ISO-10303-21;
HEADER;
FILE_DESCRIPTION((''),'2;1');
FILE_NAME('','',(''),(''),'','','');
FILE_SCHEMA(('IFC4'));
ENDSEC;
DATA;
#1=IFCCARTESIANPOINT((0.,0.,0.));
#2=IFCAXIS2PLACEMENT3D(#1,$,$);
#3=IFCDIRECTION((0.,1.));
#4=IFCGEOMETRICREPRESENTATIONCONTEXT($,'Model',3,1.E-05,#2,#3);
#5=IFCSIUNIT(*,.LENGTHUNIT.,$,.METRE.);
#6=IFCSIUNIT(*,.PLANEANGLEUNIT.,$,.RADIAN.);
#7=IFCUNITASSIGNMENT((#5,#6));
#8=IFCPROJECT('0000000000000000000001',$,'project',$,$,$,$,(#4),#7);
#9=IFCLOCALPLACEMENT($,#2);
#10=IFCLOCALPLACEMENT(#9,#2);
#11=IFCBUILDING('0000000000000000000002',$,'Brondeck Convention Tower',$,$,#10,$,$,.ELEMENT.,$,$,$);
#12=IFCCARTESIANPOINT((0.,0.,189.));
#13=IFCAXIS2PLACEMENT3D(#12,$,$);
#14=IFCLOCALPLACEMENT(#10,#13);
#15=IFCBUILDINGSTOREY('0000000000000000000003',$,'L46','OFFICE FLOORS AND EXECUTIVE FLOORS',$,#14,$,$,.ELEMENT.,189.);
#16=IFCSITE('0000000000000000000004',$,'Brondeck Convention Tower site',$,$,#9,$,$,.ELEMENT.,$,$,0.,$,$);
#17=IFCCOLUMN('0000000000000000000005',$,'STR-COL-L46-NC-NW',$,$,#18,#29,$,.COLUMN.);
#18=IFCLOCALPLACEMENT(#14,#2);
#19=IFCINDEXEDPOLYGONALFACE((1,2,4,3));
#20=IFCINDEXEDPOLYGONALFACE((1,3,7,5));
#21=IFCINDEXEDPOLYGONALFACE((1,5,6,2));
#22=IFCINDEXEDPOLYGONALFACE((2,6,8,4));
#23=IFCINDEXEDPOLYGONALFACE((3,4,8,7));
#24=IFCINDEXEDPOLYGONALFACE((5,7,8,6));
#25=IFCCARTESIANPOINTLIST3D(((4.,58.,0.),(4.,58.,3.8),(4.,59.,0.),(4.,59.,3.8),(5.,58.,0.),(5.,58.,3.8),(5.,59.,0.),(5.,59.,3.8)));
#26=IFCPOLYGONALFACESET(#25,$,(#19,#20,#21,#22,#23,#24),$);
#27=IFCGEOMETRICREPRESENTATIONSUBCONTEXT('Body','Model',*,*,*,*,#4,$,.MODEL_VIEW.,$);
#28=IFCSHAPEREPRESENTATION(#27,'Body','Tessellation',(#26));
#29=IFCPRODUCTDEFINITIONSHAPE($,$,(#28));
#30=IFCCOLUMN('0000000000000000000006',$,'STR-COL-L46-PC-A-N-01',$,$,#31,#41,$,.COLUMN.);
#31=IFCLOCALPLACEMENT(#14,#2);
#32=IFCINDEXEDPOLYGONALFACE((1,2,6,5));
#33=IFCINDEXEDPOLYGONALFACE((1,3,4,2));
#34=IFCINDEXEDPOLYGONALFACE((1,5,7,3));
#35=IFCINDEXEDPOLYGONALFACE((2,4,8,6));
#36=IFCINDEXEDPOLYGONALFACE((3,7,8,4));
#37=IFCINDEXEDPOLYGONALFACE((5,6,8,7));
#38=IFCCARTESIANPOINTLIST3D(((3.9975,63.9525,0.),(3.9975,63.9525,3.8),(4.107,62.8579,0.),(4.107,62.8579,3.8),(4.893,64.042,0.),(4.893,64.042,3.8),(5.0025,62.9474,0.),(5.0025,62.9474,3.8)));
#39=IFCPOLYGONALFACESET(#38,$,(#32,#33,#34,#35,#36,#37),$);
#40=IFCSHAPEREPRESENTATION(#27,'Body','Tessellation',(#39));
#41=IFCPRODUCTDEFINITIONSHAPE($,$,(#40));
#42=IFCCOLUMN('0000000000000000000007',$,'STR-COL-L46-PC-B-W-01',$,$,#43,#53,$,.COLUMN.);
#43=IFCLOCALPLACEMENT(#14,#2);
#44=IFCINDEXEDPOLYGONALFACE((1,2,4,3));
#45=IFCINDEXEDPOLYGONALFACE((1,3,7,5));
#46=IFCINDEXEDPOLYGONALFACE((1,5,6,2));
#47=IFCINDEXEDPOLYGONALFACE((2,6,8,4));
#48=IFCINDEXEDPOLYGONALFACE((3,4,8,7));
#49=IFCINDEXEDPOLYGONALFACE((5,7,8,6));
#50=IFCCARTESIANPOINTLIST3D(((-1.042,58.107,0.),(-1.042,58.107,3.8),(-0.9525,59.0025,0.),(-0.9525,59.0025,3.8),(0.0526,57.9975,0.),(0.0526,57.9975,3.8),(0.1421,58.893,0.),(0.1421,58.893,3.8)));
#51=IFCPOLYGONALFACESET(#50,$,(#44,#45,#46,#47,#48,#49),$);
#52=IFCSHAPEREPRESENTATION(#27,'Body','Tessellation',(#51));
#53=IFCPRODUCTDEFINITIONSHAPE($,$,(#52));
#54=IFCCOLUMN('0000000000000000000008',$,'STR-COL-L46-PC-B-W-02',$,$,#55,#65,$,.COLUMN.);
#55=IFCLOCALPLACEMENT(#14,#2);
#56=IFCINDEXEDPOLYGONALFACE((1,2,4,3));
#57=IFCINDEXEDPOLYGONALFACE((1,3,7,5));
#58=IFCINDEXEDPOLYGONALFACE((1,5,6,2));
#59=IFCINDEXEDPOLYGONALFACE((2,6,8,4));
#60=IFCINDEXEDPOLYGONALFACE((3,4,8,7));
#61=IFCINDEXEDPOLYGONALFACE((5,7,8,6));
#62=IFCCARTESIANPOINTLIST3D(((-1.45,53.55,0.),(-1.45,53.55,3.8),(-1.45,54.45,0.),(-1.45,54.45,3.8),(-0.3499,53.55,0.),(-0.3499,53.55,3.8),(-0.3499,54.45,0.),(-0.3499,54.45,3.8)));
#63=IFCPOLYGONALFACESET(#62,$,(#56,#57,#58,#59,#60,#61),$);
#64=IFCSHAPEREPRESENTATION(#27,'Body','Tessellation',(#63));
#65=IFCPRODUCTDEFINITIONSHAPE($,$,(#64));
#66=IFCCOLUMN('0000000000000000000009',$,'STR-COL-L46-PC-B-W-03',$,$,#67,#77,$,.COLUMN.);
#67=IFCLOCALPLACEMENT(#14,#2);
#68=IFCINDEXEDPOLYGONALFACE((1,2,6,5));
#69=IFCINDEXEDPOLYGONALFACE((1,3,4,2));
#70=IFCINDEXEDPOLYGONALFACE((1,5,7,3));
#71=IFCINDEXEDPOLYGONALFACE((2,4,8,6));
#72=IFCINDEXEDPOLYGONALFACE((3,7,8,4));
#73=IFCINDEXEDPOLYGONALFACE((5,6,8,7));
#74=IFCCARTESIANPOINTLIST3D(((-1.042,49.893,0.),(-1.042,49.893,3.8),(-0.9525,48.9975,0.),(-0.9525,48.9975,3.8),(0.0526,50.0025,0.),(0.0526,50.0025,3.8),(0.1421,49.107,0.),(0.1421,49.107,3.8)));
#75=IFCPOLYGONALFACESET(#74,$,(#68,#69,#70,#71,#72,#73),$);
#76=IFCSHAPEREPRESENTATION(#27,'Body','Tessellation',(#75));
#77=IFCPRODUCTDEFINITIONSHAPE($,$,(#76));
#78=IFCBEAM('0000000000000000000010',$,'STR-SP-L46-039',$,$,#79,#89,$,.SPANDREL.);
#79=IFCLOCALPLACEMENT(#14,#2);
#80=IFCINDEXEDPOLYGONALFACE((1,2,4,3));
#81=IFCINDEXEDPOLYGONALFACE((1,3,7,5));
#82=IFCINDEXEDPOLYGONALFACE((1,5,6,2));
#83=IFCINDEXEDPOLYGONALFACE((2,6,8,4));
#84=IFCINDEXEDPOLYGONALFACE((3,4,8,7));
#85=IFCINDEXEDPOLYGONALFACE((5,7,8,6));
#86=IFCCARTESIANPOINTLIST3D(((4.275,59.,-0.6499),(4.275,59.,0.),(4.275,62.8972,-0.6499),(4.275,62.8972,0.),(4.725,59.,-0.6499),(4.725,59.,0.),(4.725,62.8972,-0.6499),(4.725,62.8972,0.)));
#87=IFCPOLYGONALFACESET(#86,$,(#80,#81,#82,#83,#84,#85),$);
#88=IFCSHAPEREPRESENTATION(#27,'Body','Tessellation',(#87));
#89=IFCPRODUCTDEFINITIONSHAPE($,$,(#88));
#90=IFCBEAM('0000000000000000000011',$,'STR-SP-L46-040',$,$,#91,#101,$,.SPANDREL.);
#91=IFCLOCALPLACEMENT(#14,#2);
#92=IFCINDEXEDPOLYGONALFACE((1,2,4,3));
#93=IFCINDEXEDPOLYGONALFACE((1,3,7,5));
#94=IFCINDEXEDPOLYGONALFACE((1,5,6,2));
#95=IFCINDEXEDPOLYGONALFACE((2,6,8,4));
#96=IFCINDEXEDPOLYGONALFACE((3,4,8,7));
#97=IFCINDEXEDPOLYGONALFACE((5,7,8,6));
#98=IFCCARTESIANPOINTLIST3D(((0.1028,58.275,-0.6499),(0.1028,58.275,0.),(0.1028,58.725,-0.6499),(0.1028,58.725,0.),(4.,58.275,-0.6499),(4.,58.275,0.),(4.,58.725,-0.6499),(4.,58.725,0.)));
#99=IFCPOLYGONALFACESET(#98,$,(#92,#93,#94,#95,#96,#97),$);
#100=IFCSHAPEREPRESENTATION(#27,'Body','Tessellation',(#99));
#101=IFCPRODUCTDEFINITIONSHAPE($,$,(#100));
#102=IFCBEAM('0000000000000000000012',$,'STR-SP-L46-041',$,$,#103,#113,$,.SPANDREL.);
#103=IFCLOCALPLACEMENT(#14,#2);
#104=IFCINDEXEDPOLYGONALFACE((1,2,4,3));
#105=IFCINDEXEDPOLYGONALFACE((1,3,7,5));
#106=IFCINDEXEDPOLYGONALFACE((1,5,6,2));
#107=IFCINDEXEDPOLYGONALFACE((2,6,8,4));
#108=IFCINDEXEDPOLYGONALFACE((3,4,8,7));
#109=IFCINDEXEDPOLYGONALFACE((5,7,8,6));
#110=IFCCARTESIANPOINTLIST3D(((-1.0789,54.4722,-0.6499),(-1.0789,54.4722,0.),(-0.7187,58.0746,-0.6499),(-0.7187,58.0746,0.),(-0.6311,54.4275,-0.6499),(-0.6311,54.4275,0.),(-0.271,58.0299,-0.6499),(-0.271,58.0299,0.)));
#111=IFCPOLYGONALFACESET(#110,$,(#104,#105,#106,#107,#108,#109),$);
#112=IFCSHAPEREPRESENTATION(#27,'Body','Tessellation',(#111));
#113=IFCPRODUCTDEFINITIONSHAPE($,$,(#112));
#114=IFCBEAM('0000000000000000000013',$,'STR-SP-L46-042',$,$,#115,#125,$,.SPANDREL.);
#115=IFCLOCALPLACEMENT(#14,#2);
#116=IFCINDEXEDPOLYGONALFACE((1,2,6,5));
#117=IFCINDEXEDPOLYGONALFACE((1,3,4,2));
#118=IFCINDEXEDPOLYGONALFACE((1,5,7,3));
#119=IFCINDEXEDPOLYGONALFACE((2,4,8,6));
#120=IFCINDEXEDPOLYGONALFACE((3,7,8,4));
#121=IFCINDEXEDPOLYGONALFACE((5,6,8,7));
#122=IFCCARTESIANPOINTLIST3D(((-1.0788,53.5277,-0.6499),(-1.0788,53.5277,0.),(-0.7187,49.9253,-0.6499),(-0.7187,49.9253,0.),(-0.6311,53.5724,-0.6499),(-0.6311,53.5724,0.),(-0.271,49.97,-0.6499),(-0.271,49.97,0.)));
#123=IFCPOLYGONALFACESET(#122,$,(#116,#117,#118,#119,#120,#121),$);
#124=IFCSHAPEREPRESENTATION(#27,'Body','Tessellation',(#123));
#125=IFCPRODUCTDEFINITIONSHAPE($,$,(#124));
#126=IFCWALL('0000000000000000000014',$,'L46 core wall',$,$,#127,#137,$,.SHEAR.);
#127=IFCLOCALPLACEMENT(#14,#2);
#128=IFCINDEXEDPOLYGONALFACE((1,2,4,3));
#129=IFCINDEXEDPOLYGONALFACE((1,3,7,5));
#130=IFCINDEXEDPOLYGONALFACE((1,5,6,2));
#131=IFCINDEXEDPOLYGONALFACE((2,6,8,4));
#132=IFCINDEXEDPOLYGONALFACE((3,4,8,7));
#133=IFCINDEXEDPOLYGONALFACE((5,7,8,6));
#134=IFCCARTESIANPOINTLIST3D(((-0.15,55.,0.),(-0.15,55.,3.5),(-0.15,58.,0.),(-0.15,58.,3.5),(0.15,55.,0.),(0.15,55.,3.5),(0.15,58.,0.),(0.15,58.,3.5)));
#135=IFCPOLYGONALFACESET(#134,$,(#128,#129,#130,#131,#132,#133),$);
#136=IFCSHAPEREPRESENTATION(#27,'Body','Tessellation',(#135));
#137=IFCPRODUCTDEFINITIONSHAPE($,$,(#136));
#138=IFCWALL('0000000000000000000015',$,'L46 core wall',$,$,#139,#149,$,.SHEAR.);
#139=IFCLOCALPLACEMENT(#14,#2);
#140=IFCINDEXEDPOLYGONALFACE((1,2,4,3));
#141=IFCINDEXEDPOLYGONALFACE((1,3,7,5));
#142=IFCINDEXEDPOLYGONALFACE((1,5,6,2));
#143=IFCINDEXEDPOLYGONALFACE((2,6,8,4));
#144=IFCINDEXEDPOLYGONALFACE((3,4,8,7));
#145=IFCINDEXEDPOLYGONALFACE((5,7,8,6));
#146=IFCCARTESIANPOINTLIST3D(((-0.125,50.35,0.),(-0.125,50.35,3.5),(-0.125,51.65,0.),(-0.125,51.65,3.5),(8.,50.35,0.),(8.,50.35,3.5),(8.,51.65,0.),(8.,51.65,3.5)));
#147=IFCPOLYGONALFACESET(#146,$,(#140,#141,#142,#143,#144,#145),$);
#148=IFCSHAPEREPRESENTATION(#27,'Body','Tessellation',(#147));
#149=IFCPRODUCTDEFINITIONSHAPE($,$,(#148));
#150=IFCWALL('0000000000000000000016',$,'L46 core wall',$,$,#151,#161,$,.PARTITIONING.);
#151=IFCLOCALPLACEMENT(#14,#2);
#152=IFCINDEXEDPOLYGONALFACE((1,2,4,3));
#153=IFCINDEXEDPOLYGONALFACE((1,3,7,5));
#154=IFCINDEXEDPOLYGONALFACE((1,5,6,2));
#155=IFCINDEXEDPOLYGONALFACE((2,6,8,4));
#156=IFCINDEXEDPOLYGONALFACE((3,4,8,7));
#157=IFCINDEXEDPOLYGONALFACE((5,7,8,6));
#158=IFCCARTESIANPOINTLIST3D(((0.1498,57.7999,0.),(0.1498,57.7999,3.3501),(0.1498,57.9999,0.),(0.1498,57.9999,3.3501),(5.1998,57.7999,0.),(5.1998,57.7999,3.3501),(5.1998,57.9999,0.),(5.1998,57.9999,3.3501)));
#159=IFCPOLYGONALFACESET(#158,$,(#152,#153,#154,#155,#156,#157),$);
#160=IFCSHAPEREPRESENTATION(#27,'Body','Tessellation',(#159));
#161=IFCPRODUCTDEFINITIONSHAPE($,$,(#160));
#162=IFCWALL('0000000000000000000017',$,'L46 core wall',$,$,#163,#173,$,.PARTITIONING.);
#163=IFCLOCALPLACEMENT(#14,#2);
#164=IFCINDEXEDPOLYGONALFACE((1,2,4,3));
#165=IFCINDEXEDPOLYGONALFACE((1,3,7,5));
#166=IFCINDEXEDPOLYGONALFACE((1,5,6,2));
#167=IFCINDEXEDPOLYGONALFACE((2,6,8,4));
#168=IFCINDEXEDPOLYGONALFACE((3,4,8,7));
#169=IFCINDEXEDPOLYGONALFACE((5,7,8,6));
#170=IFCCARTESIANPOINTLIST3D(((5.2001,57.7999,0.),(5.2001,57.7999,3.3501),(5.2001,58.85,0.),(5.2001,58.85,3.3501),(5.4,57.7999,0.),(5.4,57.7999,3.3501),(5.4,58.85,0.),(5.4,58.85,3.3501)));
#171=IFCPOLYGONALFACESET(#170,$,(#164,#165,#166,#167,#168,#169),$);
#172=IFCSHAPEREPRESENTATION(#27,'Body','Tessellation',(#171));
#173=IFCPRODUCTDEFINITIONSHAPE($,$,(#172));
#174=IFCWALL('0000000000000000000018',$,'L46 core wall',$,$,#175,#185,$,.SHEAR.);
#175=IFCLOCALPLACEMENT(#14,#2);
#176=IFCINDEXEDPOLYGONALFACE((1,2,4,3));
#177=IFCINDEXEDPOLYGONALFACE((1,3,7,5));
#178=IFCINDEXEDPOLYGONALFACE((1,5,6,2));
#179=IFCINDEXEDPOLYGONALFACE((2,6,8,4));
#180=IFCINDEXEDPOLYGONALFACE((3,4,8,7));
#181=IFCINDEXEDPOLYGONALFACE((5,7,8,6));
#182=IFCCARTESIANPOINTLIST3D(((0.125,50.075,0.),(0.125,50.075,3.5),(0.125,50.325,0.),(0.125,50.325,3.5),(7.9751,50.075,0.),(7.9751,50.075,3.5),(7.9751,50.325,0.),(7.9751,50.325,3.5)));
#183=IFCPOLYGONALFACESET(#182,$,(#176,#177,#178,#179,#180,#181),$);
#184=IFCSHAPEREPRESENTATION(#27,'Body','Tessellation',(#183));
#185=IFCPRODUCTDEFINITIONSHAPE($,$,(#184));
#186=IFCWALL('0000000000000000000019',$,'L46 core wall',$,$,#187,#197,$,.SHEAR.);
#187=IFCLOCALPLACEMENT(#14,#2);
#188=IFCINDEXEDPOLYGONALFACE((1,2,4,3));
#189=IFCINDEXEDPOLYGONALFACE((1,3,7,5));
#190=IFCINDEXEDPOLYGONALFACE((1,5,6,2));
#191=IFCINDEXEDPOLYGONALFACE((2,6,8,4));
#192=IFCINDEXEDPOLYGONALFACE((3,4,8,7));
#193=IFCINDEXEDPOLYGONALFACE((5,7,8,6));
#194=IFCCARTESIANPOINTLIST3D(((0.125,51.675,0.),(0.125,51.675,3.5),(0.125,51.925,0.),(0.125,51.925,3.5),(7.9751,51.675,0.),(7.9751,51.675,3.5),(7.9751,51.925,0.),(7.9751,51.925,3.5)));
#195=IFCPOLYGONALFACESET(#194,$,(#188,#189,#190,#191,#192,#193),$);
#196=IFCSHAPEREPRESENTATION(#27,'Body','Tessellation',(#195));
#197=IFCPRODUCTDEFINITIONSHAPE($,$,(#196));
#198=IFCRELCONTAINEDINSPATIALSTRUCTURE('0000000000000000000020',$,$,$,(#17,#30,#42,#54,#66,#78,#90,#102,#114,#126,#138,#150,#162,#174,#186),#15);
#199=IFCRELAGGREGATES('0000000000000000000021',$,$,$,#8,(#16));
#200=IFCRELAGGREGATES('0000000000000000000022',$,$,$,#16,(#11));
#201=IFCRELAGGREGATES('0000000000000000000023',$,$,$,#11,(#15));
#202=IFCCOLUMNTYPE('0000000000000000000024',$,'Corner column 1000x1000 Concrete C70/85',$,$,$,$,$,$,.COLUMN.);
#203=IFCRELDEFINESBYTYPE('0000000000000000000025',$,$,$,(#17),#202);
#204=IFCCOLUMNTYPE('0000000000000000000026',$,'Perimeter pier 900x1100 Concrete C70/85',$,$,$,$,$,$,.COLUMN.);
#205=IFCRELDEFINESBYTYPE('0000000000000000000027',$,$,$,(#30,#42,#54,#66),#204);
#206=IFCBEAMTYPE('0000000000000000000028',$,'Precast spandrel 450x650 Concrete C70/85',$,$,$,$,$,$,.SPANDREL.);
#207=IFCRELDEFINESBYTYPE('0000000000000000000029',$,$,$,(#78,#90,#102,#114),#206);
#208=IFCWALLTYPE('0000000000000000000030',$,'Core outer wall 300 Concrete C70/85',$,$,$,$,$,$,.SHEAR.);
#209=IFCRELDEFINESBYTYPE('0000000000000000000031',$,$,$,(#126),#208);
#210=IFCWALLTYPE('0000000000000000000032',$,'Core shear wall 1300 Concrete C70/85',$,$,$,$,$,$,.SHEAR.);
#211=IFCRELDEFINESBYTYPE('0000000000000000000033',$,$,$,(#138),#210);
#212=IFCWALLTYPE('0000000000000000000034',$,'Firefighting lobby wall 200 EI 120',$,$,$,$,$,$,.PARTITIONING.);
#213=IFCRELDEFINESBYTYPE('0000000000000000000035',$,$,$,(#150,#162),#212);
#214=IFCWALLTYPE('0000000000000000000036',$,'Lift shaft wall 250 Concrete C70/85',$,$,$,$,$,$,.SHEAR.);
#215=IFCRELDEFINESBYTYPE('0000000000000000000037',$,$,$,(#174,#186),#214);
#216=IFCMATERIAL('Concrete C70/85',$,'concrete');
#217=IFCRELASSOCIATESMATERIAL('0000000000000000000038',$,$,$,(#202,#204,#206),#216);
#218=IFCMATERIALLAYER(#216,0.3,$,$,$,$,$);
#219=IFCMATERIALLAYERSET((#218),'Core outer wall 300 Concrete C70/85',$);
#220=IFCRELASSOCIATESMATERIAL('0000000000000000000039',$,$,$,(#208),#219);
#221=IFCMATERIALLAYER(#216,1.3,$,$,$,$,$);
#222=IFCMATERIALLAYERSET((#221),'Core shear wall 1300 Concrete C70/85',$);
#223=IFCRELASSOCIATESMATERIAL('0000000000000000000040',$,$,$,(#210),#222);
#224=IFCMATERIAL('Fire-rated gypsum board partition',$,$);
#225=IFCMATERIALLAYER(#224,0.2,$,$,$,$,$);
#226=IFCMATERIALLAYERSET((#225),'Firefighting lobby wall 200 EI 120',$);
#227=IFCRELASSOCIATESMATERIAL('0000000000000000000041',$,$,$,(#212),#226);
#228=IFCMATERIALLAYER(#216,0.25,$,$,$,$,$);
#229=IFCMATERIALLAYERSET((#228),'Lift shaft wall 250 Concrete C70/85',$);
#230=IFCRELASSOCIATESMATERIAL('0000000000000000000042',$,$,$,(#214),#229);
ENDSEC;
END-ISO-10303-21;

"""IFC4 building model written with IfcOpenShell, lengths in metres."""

from ifc_helpers import new_model, si_unit, direction, frame, frame_2d, origin, origin_2d, place, context, subcontext, project, spatial, rectangle, extrude, material, layer, layer_set, material_profile, profile_set, type_object, element, save


model = new_model("IFC4")

# Units and contexts
model_context = context("Model", 3, precision=1e-05, world=origin(), true_north=direction((0.0, 1.0)))
body_context = subcontext(model_context, "Body", "Model", "MODEL_VIEW")
ifc_project = project(units=[si_unit("LENGTHUNIT", "METRE"), si_unit("PLANEANGLEUNIT", "RADIAN")], contexts=[model_context])

# Site, building, storey
site_placement = place(None, origin())
site = spatial("IfcSite", under=ifc_project, at=site_placement, Name="Brondeck Convention Tower site", CompositionType="ELEMENT", RefElevation=0.0)
building_placement = place(site_placement, origin())
building = spatial("IfcBuilding", under=site, at=building_placement, Name="Brondeck Convention Tower", CompositionType="ELEMENT")
storey_placement = place(building_placement, frame((0.0, 0.0, 189.0)))
storey = spatial("IfcBuildingStorey", under=building, at=storey_placement, Name="L46", Description="OFFICE FLOORS AND EXECUTIVE FLOORS", CompositionType="ELEMENT", Elevation=189.0)

# Columns
ifc_material_1 = material(Name="Concrete C70/85", Category="concrete")
ifc_material_profile_1 = material_profile(ifc_material_1, rectangle(XDim=1.0, YDim=1.0, at=origin_2d()), Name="Corner column 1000x1000 Concrete C70/85")
ifc_profile_set_1 = profile_set([ifc_material_profile_1], Name="Concrete C70/85")
column_type_1 = type_object("IfcColumnType", Name="Corner column 1000x1000 Concrete C70/85", PredefinedType="COLUMN", material=ifc_profile_set_1)
column_placement = place(storey_placement, frame((4.5, 58.5, 0.0), z_axis=(0.0, 0.0, 1.0), x_axis=(1.0, 0.0, 0.0)))
element("IfcColumn", 1, at=column_placement, inside=storey, type_object=column_type_1, Name="STR-COL-L46-NC-NW", PredefinedType="COLUMN", context=body_context, shape_type="SweptSolid", body=[
    extrude(rectangle(XDim=1.0, YDim=1.0, at=origin_2d()), origin(), (0.0, 0.0, 1.0), 3.8),
])
ifc_material_profile_2 = material_profile(ifc_material_1, rectangle(XDim=0.8999, YDim=1.1001, at=origin_2d()), Name="Perimeter pier 900x1100 Concrete C70/85")
ifc_profile_set_2 = profile_set([ifc_material_profile_2], Name="Concrete C70/85")
column_type_2 = type_object("IfcColumnType", Name="Perimeter pier 900x1100 Concrete C70/85", PredefinedType="COLUMN", material=ifc_profile_set_2)
for number, where, z_axis, x_axis, name in (
    (2, (4.5, 63.45, 0.0), (0.0, 0.0, 1.0), (-0.995037, -0.099504, 0.0), "STR-COL-L46-PC-A-N-01"),
    (3, (-0.45, 58.5, 0.0), (0.0, 0.0, 1.0), (-0.099504, -0.995037, 0.0), "STR-COL-L46-PC-B-W-01"),
    (4, (-0.8999, 54.0, 0.0), (0.0, 0.0, 1.0), (0.0, -1.0, 0.0), "STR-COL-L46-PC-B-W-02"),
    (5, (-0.45, 49.5, 0.0), (0.0, 0.0, 1.0), (0.099504, -0.995037, 0.0), "STR-COL-L46-PC-B-W-03"),
):
    element("IfcColumn", number, at=place(storey_placement, frame(where, z_axis=z_axis, x_axis=x_axis)), inside=storey, type_object=column_type_2, Name=name, PredefinedType="COLUMN", context=body_context, shape_type="SweptSolid", body=[
        extrude(rectangle(XDim=0.8999, YDim=1.1001, at=origin_2d()), origin(), (0.0, 0.0, 1.0), 3.8),
    ])

# Beams
ifc_material_profile_3 = material_profile(ifc_material_1, rectangle(XDim=0.45, YDim=0.6499, at=origin_2d()), Name="Precast spandrel 450x650 Concrete C70/85")
ifc_profile_set_3 = profile_set([ifc_material_profile_3], Name="Concrete C70/85")
beam_type = type_object("IfcBeamType", Name="Precast spandrel 450x650 Concrete C70/85", PredefinedType="SPANDREL", material=ifc_profile_set_3)
for number, where, z_axis, x_axis, name in (
    (6, (4.5, 62.8972, -0.325), (0.0, -1.0, 0.0), (1.0, 0.0, 0.0), "STR-SP-L46-039"),
    (7, (4.0, 58.5, -0.325), (-1.0, 0.0, 0.0), (0.0, -1.0, 0.0), "STR-SP-L46-040"),
):
    element("IfcBeam", number, at=place(storey_placement, frame(where, z_axis=z_axis, x_axis=x_axis)), inside=storey, type_object=beam_type, Name=name, PredefinedType="SPANDREL", context=body_context, shape_type="SweptSolid", body=[
        extrude(rectangle(XDim=0.45, YDim=0.6499, at=origin_2d()), origin(), (0.0, 0.0, 1.0), 3.8972),
    ])
for number, where, z_axis, x_axis, name in (
    (8, (-0.4949, 58.0522, -0.325), (-0.09947, -0.995041, 0.0), (0.995041, -0.09947, 0.0), "STR-SP-L46-041"),
    (9, (-0.855, 53.55, -0.325), (0.09947, -0.995041, 0.0), (0.995041, 0.09947, 0.0), "STR-SP-L46-042"),
):
    element("IfcBeam", number, at=place(storey_placement, frame(where, z_axis=z_axis, x_axis=x_axis)), inside=storey, type_object=beam_type, Name=name, PredefinedType="SPANDREL", context=body_context, shape_type="SweptSolid", body=[
        extrude(rectangle(XDim=0.45, YDim=0.6499, at=origin_2d()), origin(), (0.0, 0.0, 1.0), 3.6204),
    ])

# Walls
ifc_layer_1 = layer(ifc_material_1, 0.3)
ifc_layer_set_1 = layer_set([ifc_layer_1], Name="Core outer wall 300 Concrete C70/85")
wall_type_1 = type_object("IfcWallType", Name="Core outer wall 300 Concrete C70/85", PredefinedType="SHEAR", material=ifc_layer_set_1)
wall_1_placement = place(storey_placement, frame((0.0, 55.0, 0.0), z_axis=(0.0, 0.0, 1.0), x_axis=(0.0, 1.0, 0.0)))
element("IfcWall", 10, at=wall_1_placement, inside=storey, type_object=wall_type_1, Name="L46 core wall", PredefinedType="SHEAR", context=body_context, shape_type="SweptSolid", body=[
    extrude(rectangle(XDim=3.0, YDim=0.3, at=frame_2d((1.5, 0.0))), origin(), (0.0, 0.0, 1.0), 3.5),
])
ifc_layer_2 = layer(ifc_material_1, 1.3)
ifc_layer_set_2 = layer_set([ifc_layer_2], Name="Core shear wall 1300 Concrete C70/85")
wall_type_2 = type_object("IfcWallType", Name="Core shear wall 1300 Concrete C70/85", PredefinedType="SHEAR", material=ifc_layer_set_2)
wall_2_placement = place(storey_placement, frame((-0.125, 51.0, 0.0), z_axis=(0.0, 0.0, 1.0), x_axis=(1.0, 0.0, 0.0)))
element("IfcWall", 11, at=wall_2_placement, inside=storey, type_object=wall_type_2, Name="L46 core wall", PredefinedType="SHEAR", context=body_context, shape_type="SweptSolid", body=[
    extrude(rectangle(XDim=8.125, YDim=1.3, at=frame_2d((4.0625, 0.0))), origin(), (0.0, 0.0, 1.0), 3.5),
])
ifc_material_2 = material(Name="Fire-rated gypsum board partition")
ifc_layer_3 = layer(ifc_material_2, 0.2)
ifc_layer_set_3 = layer_set([ifc_layer_3], Name="Firefighting lobby wall 200 EI 120")
wall_type_3 = type_object("IfcWallType", Name="Firefighting lobby wall 200 EI 120", PredefinedType="PARTITIONING", material=ifc_layer_set_3)
wall_3_placement = place(storey_placement, frame((0.1499, 57.8999, 0.0), z_axis=(0.0, 0.0, 1.0), x_axis=(1.0, 0.0, 0.0)))
element("IfcWall", 12, at=wall_3_placement, inside=storey, type_object=wall_type_3, Name="L46 core wall", PredefinedType="PARTITIONING", context=body_context, shape_type="SweptSolid", body=[
    extrude(rectangle(XDim=5.05, YDim=0.2, at=frame_2d((2.5249, 0.0))), origin(), (0.0, 0.0, 1.0), 3.3501),
])
wall_4_placement = place(storey_placement, frame((5.3, 57.8, 0.0), z_axis=(0.0, 0.0, 1.0), x_axis=(0.0, 1.0, 0.0)))
element("IfcWall", 13, at=wall_4_placement, inside=storey, type_object=wall_type_3, Name="L46 core wall", PredefinedType="PARTITIONING", context=body_context, shape_type="SweptSolid", body=[
    extrude(rectangle(XDim=1.05, YDim=0.2, at=frame_2d((0.5249, 0.0))), origin(), (0.0, 0.0, 1.0), 3.3501),
])
ifc_layer_4 = layer(ifc_material_1, 0.25)
ifc_layer_set_4 = layer_set([ifc_layer_4], Name="Lift shaft wall 250 Concrete C70/85")
wall_type_4 = type_object("IfcWallType", Name="Lift shaft wall 250 Concrete C70/85", PredefinedType="SHEAR", material=ifc_layer_set_4)
for number, where, z_axis, x_axis, name in (
    (14, (0.125, 50.2, 0.0), (0.0, 0.0, 1.0), (1.0, 0.0, 0.0), "L46 core wall"),
    (15, (0.125, 51.8, 0.0), (0.0, 0.0, 1.0), (1.0, 0.0, 0.0), "L46 core wall"),
):
    element("IfcWall", number, at=place(storey_placement, frame(where, z_axis=z_axis, x_axis=x_axis)), inside=storey, type_object=wall_type_4, Name=name, PredefinedType="SHEAR", context=body_context, shape_type="SweptSolid", body=[
        extrude(rectangle(XDim=7.8501, YDim=0.25, at=frame_2d((3.925, 0.0))), origin(), (0.0, 0.0, 1.0), 3.5),
    ])

save(model, "model.ifc")
